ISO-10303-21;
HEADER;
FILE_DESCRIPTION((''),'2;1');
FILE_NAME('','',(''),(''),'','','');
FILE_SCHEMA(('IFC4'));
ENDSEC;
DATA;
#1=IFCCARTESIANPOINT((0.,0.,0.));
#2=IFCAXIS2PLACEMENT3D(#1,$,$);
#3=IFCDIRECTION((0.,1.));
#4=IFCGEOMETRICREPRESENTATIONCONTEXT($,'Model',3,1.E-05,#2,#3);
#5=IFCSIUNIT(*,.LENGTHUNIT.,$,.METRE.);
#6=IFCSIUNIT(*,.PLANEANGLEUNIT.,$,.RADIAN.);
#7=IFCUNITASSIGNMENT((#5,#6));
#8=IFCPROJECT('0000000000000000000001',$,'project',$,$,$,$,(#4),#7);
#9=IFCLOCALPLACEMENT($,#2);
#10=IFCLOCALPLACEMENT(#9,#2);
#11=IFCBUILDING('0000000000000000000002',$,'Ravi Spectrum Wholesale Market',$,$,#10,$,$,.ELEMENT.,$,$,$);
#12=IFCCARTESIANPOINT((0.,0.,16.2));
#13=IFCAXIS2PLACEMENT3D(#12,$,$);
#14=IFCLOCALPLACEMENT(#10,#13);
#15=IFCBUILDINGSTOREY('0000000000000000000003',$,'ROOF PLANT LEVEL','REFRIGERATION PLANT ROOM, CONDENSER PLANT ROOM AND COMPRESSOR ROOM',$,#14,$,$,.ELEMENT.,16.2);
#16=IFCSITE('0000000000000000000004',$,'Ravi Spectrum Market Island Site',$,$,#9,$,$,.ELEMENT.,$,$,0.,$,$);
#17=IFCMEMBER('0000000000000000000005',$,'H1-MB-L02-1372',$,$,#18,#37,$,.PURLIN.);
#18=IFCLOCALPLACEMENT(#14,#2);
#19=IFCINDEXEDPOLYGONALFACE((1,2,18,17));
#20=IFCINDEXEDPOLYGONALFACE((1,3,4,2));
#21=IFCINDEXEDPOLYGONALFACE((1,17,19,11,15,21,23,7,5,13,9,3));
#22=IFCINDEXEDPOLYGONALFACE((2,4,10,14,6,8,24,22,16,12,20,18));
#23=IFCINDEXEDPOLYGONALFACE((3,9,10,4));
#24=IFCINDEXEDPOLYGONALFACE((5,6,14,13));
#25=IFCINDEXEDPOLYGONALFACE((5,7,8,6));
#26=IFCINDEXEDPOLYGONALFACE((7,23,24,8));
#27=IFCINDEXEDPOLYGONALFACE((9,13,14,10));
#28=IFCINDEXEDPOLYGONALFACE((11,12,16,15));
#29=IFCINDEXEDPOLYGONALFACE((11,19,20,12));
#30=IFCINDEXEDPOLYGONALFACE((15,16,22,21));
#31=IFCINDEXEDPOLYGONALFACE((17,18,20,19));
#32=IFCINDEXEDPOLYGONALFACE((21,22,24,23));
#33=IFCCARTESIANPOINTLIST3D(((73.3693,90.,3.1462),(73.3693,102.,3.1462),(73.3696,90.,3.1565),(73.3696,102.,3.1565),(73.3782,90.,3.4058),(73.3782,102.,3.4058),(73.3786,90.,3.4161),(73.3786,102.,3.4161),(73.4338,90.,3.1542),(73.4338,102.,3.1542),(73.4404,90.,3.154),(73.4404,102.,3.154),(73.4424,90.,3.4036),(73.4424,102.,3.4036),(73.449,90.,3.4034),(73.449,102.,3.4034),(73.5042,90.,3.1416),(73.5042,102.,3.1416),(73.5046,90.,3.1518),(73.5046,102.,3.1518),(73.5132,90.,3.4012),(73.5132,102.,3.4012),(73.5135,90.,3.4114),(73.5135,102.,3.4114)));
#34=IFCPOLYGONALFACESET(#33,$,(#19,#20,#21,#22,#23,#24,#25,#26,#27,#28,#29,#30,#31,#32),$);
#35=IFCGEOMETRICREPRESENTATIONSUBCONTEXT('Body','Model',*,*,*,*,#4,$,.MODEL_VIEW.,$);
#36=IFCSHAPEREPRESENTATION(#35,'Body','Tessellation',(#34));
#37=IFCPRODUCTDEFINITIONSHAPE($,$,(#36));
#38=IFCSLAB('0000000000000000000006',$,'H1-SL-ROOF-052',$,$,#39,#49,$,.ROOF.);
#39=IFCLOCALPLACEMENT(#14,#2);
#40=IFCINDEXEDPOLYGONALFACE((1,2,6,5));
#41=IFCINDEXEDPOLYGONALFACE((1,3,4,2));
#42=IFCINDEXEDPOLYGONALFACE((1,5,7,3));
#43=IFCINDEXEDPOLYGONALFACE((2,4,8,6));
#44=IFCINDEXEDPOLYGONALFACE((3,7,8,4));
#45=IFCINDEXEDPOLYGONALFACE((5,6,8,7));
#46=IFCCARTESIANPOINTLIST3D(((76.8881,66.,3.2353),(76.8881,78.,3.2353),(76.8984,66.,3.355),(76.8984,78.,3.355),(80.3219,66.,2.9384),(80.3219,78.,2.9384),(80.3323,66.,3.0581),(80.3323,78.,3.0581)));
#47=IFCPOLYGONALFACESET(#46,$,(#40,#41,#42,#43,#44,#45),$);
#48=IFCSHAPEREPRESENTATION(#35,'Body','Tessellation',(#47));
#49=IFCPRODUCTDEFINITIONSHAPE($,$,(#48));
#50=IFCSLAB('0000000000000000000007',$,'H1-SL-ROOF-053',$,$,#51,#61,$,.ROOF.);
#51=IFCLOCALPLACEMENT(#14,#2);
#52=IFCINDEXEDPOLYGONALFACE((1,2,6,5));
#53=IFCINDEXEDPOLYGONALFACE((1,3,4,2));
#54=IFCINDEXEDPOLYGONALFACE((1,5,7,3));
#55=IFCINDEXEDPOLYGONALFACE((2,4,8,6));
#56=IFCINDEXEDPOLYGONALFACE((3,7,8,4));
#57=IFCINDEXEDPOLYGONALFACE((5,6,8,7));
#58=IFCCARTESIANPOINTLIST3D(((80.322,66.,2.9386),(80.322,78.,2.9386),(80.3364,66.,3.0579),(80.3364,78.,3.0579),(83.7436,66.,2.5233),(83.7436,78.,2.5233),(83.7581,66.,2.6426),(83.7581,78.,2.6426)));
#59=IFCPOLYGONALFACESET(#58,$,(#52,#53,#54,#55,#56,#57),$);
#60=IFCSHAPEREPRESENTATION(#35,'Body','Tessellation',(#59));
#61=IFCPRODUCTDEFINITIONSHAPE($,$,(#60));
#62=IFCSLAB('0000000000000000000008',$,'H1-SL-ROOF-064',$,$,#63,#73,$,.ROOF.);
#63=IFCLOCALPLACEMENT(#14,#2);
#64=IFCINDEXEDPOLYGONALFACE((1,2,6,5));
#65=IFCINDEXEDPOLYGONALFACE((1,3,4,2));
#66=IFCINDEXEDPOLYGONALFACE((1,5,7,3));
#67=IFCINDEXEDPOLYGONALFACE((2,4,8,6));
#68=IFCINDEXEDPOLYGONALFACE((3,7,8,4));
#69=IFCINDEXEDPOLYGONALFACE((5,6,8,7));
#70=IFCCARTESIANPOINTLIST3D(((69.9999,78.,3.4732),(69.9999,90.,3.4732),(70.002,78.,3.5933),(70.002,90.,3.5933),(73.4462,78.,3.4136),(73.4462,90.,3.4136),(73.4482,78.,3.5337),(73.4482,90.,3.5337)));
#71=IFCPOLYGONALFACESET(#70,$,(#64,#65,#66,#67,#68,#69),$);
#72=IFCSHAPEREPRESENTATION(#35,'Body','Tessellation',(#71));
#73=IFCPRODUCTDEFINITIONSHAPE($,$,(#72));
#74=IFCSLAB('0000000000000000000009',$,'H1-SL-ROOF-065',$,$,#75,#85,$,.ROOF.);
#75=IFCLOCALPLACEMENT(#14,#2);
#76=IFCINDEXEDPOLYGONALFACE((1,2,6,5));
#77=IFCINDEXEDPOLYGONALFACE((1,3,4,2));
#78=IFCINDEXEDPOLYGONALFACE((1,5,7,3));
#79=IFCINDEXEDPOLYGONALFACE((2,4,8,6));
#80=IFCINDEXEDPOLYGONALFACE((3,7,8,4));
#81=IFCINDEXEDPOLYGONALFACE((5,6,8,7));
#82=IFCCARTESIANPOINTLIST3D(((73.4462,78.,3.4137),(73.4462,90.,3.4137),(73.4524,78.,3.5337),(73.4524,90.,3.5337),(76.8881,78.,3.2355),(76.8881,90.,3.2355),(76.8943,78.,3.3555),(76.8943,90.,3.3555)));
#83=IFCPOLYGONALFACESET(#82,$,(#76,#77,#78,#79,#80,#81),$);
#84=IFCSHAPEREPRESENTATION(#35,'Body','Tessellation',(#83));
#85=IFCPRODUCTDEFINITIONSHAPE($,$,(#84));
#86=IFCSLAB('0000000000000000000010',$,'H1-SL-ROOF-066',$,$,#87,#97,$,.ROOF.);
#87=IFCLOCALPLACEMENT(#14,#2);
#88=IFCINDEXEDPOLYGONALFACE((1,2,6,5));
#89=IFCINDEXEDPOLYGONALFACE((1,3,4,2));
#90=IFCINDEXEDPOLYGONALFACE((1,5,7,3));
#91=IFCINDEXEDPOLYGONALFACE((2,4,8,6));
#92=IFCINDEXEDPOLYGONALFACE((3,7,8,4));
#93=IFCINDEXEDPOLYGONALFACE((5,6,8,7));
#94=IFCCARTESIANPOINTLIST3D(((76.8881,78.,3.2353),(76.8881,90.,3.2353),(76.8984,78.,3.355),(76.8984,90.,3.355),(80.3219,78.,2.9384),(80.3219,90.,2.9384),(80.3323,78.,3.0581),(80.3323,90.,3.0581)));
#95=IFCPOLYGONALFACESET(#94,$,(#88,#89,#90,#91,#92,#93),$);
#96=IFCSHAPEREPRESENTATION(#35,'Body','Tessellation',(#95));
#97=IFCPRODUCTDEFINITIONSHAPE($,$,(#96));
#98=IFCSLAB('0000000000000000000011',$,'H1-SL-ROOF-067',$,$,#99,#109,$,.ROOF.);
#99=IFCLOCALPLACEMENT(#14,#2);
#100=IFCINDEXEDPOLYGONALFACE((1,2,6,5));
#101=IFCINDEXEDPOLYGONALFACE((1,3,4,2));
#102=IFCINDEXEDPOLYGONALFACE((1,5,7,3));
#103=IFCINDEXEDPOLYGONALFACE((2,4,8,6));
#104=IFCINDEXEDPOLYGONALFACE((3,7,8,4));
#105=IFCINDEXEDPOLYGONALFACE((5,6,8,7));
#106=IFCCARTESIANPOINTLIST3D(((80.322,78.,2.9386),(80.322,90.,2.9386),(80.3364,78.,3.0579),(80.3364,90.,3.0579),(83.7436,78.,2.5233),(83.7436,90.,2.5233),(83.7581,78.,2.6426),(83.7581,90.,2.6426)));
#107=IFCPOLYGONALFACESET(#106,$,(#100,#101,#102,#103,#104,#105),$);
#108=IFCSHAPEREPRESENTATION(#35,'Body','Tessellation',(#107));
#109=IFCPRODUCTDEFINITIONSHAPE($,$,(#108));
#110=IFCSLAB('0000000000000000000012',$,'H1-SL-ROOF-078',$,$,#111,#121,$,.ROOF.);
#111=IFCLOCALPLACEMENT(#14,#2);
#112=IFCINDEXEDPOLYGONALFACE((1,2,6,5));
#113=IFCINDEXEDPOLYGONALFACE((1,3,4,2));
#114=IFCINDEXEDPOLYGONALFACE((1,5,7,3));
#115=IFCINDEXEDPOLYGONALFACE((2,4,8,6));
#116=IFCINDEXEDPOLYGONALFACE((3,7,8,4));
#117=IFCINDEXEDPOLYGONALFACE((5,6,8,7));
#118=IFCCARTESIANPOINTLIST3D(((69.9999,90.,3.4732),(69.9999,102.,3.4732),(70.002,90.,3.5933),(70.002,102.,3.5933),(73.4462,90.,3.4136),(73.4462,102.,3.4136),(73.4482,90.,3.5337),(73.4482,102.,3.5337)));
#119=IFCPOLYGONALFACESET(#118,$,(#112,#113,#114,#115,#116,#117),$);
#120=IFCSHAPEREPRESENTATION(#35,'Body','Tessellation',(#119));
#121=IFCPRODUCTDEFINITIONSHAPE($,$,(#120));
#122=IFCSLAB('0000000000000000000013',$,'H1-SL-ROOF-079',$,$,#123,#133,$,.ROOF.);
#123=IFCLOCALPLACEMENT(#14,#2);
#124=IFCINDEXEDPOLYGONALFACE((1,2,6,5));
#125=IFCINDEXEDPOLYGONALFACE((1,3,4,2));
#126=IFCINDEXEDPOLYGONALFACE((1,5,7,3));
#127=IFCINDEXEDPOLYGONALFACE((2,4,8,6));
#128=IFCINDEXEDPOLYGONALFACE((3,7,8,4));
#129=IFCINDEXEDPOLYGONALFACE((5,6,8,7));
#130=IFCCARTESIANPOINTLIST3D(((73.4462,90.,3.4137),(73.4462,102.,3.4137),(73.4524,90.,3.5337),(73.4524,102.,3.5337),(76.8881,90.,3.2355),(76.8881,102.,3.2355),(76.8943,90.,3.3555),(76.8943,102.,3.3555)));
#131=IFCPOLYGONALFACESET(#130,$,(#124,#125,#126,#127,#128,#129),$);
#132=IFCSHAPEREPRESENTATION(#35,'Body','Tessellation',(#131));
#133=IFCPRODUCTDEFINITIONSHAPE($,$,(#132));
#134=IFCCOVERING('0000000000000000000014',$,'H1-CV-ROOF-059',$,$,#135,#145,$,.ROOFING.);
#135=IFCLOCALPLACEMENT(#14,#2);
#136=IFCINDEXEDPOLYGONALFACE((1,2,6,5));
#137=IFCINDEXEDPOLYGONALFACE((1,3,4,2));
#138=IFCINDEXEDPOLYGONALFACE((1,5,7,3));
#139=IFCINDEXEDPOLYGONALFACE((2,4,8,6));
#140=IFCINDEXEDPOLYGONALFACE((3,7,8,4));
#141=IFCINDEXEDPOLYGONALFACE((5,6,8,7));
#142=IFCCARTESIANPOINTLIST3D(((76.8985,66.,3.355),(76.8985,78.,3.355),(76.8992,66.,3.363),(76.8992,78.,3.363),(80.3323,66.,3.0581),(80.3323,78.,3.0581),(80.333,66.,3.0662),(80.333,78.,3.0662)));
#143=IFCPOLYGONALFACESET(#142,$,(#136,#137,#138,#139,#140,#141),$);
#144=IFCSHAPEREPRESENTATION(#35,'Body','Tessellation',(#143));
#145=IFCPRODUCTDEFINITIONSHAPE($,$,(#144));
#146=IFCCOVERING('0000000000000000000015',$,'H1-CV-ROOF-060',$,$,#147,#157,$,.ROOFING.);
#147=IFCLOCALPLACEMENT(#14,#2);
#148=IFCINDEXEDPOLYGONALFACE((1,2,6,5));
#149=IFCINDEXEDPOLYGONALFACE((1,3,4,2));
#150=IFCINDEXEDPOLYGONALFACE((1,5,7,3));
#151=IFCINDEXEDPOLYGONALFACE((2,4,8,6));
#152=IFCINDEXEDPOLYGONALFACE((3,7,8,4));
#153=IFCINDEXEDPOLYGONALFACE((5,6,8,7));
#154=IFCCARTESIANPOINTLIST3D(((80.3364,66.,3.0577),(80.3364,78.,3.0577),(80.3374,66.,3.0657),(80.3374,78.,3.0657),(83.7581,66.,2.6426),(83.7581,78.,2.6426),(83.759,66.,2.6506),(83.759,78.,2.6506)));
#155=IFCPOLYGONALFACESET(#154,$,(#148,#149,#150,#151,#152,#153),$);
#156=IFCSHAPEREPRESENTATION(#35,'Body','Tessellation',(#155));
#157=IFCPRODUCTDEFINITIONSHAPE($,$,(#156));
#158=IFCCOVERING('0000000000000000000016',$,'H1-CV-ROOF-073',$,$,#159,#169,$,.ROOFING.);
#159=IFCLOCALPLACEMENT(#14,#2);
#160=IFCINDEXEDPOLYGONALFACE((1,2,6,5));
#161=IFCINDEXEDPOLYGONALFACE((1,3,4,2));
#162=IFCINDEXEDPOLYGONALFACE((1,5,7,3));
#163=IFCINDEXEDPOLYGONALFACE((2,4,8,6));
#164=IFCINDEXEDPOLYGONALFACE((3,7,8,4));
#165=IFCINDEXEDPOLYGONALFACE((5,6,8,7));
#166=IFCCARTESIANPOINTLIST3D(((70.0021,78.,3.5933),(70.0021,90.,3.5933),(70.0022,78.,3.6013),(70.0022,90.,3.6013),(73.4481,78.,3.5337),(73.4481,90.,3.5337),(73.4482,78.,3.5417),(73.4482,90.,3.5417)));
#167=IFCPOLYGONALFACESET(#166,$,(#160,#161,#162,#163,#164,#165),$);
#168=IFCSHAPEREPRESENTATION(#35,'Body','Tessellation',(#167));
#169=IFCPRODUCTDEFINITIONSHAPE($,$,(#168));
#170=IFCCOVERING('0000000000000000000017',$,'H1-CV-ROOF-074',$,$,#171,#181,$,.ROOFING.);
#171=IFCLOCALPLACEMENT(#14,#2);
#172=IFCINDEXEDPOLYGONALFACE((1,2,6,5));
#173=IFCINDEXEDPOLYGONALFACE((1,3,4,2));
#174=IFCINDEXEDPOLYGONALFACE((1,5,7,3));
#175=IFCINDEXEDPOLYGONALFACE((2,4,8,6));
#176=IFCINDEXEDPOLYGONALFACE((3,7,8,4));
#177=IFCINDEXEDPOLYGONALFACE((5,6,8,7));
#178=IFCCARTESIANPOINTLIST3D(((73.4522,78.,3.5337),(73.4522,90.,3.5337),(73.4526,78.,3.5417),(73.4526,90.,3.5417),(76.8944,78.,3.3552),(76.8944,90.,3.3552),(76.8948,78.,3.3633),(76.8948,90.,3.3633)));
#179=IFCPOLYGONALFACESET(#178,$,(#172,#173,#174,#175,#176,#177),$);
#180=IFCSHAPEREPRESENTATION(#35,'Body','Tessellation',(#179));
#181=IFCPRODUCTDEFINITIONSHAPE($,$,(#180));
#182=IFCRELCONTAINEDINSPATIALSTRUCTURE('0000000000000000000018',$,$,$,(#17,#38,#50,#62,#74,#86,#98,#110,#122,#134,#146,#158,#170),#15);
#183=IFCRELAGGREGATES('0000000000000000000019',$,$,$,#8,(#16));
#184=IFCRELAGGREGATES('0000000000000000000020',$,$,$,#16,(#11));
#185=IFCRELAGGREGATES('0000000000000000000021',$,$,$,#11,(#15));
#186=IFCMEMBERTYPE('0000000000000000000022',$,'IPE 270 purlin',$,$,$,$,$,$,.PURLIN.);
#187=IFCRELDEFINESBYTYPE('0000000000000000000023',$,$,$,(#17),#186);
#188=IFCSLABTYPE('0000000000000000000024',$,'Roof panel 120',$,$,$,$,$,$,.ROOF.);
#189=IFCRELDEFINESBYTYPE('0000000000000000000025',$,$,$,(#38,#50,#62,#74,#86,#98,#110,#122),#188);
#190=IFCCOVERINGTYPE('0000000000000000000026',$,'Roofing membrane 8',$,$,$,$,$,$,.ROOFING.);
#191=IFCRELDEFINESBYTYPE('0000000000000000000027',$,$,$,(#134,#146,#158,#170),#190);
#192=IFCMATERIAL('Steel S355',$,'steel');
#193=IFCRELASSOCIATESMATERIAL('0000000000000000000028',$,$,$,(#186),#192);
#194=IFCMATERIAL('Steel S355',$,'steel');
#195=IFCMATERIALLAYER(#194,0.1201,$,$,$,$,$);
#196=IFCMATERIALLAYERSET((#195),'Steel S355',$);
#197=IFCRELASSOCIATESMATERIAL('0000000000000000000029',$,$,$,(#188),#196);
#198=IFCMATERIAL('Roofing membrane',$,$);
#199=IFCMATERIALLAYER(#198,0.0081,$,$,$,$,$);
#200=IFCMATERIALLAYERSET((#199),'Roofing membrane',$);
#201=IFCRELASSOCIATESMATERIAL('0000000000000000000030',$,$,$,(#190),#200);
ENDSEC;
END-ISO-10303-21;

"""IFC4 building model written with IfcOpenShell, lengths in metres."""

from ifc_helpers import new_model, si_unit, direction, frame, origin, origin_2d, place, context, subcontext, project, spatial, polyline, i_section, outline, extrude, material, layer, layer_set, material_profile, profile_set, type_object, element, save


model = new_model("IFC4")

# Units and contexts
model_context = context("Model", 3, precision=1e-05, world=origin(), true_north=direction((0.0, 1.0)))
body_context = subcontext(model_context, "Body", "Model", "MODEL_VIEW")
ifc_project = project(units=[si_unit("LENGTHUNIT", "METRE"), si_unit("PLANEANGLEUNIT", "RADIAN")], contexts=[model_context])

# Site, building, storey
site_placement = place(None, origin())
site = spatial("IfcSite", under=ifc_project, at=site_placement, Name="Ravi Spectrum Market Island Site", CompositionType="ELEMENT", RefElevation=0.0)
building_placement = place(site_placement, origin())
building = spatial("IfcBuilding", under=site, at=building_placement, Name="Ravi Spectrum Wholesale Market", CompositionType="ELEMENT")
storey_placement = place(building_placement, frame((0.0, 0.0, 16.2)))
storey = spatial("IfcBuildingStorey", under=building, at=storey_placement, Name="ROOF PLANT LEVEL", Description="REFRIGERATION PLANT ROOM, CONDENSER PLANT ROOM AND COMPRESSOR ROOM", CompositionType="ELEMENT", Elevation=16.2)

# Member
ifc_material_1 = material(Name="Steel S355", Category="steel")
ifc_material_profile_1 = material_profile(ifc_material_1, i_section(OverallWidth=0.135, OverallDepth=0.27, WebThickness=0.0066, FlangeThickness=0.0103, at=origin_2d()))
ifc_profile_set_1 = profile_set([ifc_material_profile_1], Name="Steel S355")
member_type_1 = type_object("IfcMemberType", Name="IPE 270 purlin", PredefinedType="PURLIN", material=ifc_profile_set_1)
for number, where, z_axis, x_axis, name in (
    (1, (73.4414, 90.0, 3.2788), (0.0, 1.0, 0.0), (-0.999405, 0.0, 0.034492), "H1-MB-L02-1372"),
):
    element("IfcMember", number, at=place(storey_placement, frame(where, z_axis=z_axis, x_axis=x_axis)), inside=storey, type_object=member_type_1, Name=name, PredefinedType="PURLIN", context=body_context, shape_type="SweptSolid", body=[
        extrude(i_section(OverallWidth=0.135, OverallDepth=0.27, WebThickness=0.0066, FlangeThickness=0.0103, at=origin_2d()), origin(), (0.0, 0.0, 1.0), 12.0),
    ])

# Slabs
ifc_material_2 = material(Name="Steel S355", Category="steel")
ifc_layer_1 = layer(ifc_material_2, 0.1201)
ifc_layer_set_1 = layer_set([ifc_layer_1], Name="Steel S355")
slab_type = type_object("IfcSlabType", Name="Roof panel 120", PredefinedType="ROOF", material=ifc_layer_set_1)
slab_1_placement = place(storey_placement, frame((76.8984, 66.0, 3.355), z_axis=(0.086134, 0.0, 0.996284), x_axis=(0.996284, 0.0, -0.086134)))
element("IfcSlab", 2, at=slab_1_placement, inside=storey, type_object=slab_type, Name="H1-SL-ROOF-052", PredefinedType="ROOF", context=body_context, shape_type="SweptSolid", body=[
    extrude(outline(polyline([(0.0, 0.0), (3.4466, 0.0), (3.4466, 12.0), (0.0, 12.0), (0.0, 0.0)])), origin(), (0.0, 0.0, -1.0), 0.1201),
])
slab_2_placement = place(storey_placement, frame((80.3364, 66.0, 3.0579), z_axis=(0.120486, 0.0, 0.992715), x_axis=(0.992715, 0.0, -0.120486)))
element("IfcSlab", 3, at=slab_2_placement, inside=storey, type_object=slab_type, Name="H1-SL-ROOF-053", PredefinedType="ROOF", context=body_context, shape_type="SweptSolid", body=[
    extrude(outline(polyline([(0.0, 0.0), (3.4467, 0.0), (3.4467, 12.0), (0.0, 12.0), (0.0, 0.0)])), origin(), (0.0, 0.0, -1.0), 0.1201),
])
slab_3_placement = place(storey_placement, frame((70.002, 78.0, 3.5933), z_axis=(0.017283, 0.0, 0.999851), x_axis=(0.999851, 0.0, -0.017283)))
element("IfcSlab", 4, at=slab_3_placement, inside=storey, type_object=slab_type, Name="H1-SL-ROOF-064", PredefinedType="ROOF", context=body_context, shape_type="SweptSolid", body=[
    extrude(outline(polyline([(0.0, 0.0), (3.4468, 0.0), (3.4468, 12.0), (0.0, 12.0), (0.0, 0.0)])), origin(), (0.0, 0.0, -1.0), 0.1201),
])
slab_4_placement = place(storey_placement, frame((73.4524, 78.0, 3.5337), z_axis=(0.051711, 0.0, 0.998662), x_axis=(0.998662, 0.0, -0.051711)))
element("IfcSlab", 5, at=slab_4_placement, inside=storey, type_object=slab_type, Name="H1-SL-ROOF-065", PredefinedType="ROOF", context=body_context, shape_type="SweptSolid", body=[
    extrude(outline(polyline([(0.0, 0.0), (3.4465, 0.0), (3.4465, 12.0), (0.0, 12.0), (0.0, 0.0)])), origin(), (0.0, 0.0, -1.0), 0.1201),
])
slab_5_placement = place(storey_placement, frame((76.8984, 78.0, 3.355), z_axis=(0.086134, 0.0, 0.996284), x_axis=(0.996284, 0.0, -0.086134)))
element("IfcSlab", 6, at=slab_5_placement, inside=storey, type_object=slab_type, Name="H1-SL-ROOF-066", PredefinedType="ROOF", context=body_context, shape_type="SweptSolid", body=[
    extrude(outline(polyline([(0.0, 0.0), (3.4466, 0.0), (3.4466, 12.0), (0.0, 12.0), (0.0, 0.0)])), origin(), (0.0, 0.0, -1.0), 0.1201),
])
slab_6_placement = place(storey_placement, frame((80.3364, 78.0, 3.0579), z_axis=(0.120486, 0.0, 0.992715), x_axis=(0.992715, 0.0, -0.120486)))
element("IfcSlab", 7, at=slab_6_placement, inside=storey, type_object=slab_type, Name="H1-SL-ROOF-067", PredefinedType="ROOF", context=body_context, shape_type="SweptSolid", body=[
    extrude(outline(polyline([(0.0, 0.0), (3.4467, 0.0), (3.4467, 12.0), (0.0, 12.0), (0.0, 0.0)])), origin(), (0.0, 0.0, -1.0), 0.1201),
])
slab_7_placement = place(storey_placement, frame((70.002, 90.0, 3.5933), z_axis=(0.017283, 0.0, 0.999851), x_axis=(0.999851, 0.0, -0.017283)))
element("IfcSlab", 8, at=slab_7_placement, inside=storey, type_object=slab_type, Name="H1-SL-ROOF-078", PredefinedType="ROOF", context=body_context, shape_type="SweptSolid", body=[
    extrude(outline(polyline([(0.0, 0.0), (3.4468, 0.0), (3.4468, 12.0), (0.0, 12.0), (0.0, 0.0)])), origin(), (0.0, 0.0, -1.0), 0.1201),
])
slab_8_placement = place(storey_placement, frame((73.4524, 90.0, 3.5337), z_axis=(0.051711, 0.0, 0.998662), x_axis=(0.998662, 0.0, -0.051711)))
element("IfcSlab", 9, at=slab_8_placement, inside=storey, type_object=slab_type, Name="H1-SL-ROOF-079", PredefinedType="ROOF", context=body_context, shape_type="SweptSolid", body=[
    extrude(outline(polyline([(0.0, 0.0), (3.4465, 0.0), (3.4465, 12.0), (0.0, 12.0), (0.0, 0.0)])), origin(), (0.0, 0.0, -1.0), 0.1201),
])

# Coverings
ifc_material_3 = material(Name="Roofing membrane")
ifc_layer_2 = layer(ifc_material_3, 0.0081)
ifc_layer_set_2 = layer_set([ifc_layer_2], Name="Roofing membrane")
covering_type = type_object("IfcCoveringType", Name="Roofing membrane 8", PredefinedType="ROOFING", material=ifc_layer_set_2)
covering_1_placement = place(storey_placement, frame((76.8992, 66.0, 3.363), z_axis=(0.086134, 0.0, 0.996284), x_axis=(0.996284, 0.0, -0.086134)))
element("IfcCovering", 10, at=covering_1_placement, inside=storey, type_object=covering_type, Name="H1-CV-ROOF-059", PredefinedType="ROOFING", context=body_context, shape_type="SweptSolid", body=[
    extrude(outline(polyline([(0.0, 0.0), (3.4466, 0.0), (3.4466, 12.0), (0.0, 12.0), (0.0, 0.0)])), origin(), (0.0, 0.0, -1.0), 0.0081),
])
covering_2_placement = place(storey_placement, frame((80.3374, 66.0, 3.0657), z_axis=(0.120416, 0.0, 0.992724), x_axis=(0.992724, 0.0, -0.120416)))
element("IfcCovering", 11, at=covering_2_placement, inside=storey, type_object=covering_type, Name="H1-CV-ROOF-060", PredefinedType="ROOFING", context=body_context, shape_type="SweptSolid", body=[
    extrude(outline(polyline([(0.0, 0.0), (3.4467, 0.0), (3.4467, 12.0), (0.0, 12.0), (0.0, 0.0)])), origin(), (0.0, 0.0, -1.0), 0.0081),
])
covering_3_placement = place(storey_placement, frame((70.0022, 78.0, 3.6013), z_axis=(0.017284, 0.0, 0.999851), x_axis=(0.999851, 0.0, -0.017284)))
element("IfcCovering", 12, at=covering_3_placement, inside=storey, type_object=covering_type, Name="H1-CV-ROOF-073", PredefinedType="ROOFING", context=body_context, shape_type="SweptSolid", body=[
    extrude(outline(polyline([(0.0, 0.0), (3.4466, 0.0), (3.4466, 12.0), (0.0, 12.0), (0.0, 0.0)])), origin(), (0.0, 0.0, -1.0), 0.0081),
])
covering_4_placement = place(storey_placement, frame((73.4526, 78.0, 3.5417), z_axis=(0.051778, 0.0, 0.998659), x_axis=(0.998659, 0.0, -0.051778)))
element("IfcCovering", 13, at=covering_4_placement, inside=storey, type_object=covering_type, Name="H1-CV-ROOF-074", PredefinedType="ROOFING", context=body_context, shape_type="SweptSolid", body=[
    extrude(outline(polyline([(0.0, 0.0), (3.4468, 0.0), (3.4468, 12.0), (0.0, 12.0), (0.0, 0.0)])), origin(), (0.0, 0.0, -1.0), 0.0081),
])

save(model, "model.ifc")
